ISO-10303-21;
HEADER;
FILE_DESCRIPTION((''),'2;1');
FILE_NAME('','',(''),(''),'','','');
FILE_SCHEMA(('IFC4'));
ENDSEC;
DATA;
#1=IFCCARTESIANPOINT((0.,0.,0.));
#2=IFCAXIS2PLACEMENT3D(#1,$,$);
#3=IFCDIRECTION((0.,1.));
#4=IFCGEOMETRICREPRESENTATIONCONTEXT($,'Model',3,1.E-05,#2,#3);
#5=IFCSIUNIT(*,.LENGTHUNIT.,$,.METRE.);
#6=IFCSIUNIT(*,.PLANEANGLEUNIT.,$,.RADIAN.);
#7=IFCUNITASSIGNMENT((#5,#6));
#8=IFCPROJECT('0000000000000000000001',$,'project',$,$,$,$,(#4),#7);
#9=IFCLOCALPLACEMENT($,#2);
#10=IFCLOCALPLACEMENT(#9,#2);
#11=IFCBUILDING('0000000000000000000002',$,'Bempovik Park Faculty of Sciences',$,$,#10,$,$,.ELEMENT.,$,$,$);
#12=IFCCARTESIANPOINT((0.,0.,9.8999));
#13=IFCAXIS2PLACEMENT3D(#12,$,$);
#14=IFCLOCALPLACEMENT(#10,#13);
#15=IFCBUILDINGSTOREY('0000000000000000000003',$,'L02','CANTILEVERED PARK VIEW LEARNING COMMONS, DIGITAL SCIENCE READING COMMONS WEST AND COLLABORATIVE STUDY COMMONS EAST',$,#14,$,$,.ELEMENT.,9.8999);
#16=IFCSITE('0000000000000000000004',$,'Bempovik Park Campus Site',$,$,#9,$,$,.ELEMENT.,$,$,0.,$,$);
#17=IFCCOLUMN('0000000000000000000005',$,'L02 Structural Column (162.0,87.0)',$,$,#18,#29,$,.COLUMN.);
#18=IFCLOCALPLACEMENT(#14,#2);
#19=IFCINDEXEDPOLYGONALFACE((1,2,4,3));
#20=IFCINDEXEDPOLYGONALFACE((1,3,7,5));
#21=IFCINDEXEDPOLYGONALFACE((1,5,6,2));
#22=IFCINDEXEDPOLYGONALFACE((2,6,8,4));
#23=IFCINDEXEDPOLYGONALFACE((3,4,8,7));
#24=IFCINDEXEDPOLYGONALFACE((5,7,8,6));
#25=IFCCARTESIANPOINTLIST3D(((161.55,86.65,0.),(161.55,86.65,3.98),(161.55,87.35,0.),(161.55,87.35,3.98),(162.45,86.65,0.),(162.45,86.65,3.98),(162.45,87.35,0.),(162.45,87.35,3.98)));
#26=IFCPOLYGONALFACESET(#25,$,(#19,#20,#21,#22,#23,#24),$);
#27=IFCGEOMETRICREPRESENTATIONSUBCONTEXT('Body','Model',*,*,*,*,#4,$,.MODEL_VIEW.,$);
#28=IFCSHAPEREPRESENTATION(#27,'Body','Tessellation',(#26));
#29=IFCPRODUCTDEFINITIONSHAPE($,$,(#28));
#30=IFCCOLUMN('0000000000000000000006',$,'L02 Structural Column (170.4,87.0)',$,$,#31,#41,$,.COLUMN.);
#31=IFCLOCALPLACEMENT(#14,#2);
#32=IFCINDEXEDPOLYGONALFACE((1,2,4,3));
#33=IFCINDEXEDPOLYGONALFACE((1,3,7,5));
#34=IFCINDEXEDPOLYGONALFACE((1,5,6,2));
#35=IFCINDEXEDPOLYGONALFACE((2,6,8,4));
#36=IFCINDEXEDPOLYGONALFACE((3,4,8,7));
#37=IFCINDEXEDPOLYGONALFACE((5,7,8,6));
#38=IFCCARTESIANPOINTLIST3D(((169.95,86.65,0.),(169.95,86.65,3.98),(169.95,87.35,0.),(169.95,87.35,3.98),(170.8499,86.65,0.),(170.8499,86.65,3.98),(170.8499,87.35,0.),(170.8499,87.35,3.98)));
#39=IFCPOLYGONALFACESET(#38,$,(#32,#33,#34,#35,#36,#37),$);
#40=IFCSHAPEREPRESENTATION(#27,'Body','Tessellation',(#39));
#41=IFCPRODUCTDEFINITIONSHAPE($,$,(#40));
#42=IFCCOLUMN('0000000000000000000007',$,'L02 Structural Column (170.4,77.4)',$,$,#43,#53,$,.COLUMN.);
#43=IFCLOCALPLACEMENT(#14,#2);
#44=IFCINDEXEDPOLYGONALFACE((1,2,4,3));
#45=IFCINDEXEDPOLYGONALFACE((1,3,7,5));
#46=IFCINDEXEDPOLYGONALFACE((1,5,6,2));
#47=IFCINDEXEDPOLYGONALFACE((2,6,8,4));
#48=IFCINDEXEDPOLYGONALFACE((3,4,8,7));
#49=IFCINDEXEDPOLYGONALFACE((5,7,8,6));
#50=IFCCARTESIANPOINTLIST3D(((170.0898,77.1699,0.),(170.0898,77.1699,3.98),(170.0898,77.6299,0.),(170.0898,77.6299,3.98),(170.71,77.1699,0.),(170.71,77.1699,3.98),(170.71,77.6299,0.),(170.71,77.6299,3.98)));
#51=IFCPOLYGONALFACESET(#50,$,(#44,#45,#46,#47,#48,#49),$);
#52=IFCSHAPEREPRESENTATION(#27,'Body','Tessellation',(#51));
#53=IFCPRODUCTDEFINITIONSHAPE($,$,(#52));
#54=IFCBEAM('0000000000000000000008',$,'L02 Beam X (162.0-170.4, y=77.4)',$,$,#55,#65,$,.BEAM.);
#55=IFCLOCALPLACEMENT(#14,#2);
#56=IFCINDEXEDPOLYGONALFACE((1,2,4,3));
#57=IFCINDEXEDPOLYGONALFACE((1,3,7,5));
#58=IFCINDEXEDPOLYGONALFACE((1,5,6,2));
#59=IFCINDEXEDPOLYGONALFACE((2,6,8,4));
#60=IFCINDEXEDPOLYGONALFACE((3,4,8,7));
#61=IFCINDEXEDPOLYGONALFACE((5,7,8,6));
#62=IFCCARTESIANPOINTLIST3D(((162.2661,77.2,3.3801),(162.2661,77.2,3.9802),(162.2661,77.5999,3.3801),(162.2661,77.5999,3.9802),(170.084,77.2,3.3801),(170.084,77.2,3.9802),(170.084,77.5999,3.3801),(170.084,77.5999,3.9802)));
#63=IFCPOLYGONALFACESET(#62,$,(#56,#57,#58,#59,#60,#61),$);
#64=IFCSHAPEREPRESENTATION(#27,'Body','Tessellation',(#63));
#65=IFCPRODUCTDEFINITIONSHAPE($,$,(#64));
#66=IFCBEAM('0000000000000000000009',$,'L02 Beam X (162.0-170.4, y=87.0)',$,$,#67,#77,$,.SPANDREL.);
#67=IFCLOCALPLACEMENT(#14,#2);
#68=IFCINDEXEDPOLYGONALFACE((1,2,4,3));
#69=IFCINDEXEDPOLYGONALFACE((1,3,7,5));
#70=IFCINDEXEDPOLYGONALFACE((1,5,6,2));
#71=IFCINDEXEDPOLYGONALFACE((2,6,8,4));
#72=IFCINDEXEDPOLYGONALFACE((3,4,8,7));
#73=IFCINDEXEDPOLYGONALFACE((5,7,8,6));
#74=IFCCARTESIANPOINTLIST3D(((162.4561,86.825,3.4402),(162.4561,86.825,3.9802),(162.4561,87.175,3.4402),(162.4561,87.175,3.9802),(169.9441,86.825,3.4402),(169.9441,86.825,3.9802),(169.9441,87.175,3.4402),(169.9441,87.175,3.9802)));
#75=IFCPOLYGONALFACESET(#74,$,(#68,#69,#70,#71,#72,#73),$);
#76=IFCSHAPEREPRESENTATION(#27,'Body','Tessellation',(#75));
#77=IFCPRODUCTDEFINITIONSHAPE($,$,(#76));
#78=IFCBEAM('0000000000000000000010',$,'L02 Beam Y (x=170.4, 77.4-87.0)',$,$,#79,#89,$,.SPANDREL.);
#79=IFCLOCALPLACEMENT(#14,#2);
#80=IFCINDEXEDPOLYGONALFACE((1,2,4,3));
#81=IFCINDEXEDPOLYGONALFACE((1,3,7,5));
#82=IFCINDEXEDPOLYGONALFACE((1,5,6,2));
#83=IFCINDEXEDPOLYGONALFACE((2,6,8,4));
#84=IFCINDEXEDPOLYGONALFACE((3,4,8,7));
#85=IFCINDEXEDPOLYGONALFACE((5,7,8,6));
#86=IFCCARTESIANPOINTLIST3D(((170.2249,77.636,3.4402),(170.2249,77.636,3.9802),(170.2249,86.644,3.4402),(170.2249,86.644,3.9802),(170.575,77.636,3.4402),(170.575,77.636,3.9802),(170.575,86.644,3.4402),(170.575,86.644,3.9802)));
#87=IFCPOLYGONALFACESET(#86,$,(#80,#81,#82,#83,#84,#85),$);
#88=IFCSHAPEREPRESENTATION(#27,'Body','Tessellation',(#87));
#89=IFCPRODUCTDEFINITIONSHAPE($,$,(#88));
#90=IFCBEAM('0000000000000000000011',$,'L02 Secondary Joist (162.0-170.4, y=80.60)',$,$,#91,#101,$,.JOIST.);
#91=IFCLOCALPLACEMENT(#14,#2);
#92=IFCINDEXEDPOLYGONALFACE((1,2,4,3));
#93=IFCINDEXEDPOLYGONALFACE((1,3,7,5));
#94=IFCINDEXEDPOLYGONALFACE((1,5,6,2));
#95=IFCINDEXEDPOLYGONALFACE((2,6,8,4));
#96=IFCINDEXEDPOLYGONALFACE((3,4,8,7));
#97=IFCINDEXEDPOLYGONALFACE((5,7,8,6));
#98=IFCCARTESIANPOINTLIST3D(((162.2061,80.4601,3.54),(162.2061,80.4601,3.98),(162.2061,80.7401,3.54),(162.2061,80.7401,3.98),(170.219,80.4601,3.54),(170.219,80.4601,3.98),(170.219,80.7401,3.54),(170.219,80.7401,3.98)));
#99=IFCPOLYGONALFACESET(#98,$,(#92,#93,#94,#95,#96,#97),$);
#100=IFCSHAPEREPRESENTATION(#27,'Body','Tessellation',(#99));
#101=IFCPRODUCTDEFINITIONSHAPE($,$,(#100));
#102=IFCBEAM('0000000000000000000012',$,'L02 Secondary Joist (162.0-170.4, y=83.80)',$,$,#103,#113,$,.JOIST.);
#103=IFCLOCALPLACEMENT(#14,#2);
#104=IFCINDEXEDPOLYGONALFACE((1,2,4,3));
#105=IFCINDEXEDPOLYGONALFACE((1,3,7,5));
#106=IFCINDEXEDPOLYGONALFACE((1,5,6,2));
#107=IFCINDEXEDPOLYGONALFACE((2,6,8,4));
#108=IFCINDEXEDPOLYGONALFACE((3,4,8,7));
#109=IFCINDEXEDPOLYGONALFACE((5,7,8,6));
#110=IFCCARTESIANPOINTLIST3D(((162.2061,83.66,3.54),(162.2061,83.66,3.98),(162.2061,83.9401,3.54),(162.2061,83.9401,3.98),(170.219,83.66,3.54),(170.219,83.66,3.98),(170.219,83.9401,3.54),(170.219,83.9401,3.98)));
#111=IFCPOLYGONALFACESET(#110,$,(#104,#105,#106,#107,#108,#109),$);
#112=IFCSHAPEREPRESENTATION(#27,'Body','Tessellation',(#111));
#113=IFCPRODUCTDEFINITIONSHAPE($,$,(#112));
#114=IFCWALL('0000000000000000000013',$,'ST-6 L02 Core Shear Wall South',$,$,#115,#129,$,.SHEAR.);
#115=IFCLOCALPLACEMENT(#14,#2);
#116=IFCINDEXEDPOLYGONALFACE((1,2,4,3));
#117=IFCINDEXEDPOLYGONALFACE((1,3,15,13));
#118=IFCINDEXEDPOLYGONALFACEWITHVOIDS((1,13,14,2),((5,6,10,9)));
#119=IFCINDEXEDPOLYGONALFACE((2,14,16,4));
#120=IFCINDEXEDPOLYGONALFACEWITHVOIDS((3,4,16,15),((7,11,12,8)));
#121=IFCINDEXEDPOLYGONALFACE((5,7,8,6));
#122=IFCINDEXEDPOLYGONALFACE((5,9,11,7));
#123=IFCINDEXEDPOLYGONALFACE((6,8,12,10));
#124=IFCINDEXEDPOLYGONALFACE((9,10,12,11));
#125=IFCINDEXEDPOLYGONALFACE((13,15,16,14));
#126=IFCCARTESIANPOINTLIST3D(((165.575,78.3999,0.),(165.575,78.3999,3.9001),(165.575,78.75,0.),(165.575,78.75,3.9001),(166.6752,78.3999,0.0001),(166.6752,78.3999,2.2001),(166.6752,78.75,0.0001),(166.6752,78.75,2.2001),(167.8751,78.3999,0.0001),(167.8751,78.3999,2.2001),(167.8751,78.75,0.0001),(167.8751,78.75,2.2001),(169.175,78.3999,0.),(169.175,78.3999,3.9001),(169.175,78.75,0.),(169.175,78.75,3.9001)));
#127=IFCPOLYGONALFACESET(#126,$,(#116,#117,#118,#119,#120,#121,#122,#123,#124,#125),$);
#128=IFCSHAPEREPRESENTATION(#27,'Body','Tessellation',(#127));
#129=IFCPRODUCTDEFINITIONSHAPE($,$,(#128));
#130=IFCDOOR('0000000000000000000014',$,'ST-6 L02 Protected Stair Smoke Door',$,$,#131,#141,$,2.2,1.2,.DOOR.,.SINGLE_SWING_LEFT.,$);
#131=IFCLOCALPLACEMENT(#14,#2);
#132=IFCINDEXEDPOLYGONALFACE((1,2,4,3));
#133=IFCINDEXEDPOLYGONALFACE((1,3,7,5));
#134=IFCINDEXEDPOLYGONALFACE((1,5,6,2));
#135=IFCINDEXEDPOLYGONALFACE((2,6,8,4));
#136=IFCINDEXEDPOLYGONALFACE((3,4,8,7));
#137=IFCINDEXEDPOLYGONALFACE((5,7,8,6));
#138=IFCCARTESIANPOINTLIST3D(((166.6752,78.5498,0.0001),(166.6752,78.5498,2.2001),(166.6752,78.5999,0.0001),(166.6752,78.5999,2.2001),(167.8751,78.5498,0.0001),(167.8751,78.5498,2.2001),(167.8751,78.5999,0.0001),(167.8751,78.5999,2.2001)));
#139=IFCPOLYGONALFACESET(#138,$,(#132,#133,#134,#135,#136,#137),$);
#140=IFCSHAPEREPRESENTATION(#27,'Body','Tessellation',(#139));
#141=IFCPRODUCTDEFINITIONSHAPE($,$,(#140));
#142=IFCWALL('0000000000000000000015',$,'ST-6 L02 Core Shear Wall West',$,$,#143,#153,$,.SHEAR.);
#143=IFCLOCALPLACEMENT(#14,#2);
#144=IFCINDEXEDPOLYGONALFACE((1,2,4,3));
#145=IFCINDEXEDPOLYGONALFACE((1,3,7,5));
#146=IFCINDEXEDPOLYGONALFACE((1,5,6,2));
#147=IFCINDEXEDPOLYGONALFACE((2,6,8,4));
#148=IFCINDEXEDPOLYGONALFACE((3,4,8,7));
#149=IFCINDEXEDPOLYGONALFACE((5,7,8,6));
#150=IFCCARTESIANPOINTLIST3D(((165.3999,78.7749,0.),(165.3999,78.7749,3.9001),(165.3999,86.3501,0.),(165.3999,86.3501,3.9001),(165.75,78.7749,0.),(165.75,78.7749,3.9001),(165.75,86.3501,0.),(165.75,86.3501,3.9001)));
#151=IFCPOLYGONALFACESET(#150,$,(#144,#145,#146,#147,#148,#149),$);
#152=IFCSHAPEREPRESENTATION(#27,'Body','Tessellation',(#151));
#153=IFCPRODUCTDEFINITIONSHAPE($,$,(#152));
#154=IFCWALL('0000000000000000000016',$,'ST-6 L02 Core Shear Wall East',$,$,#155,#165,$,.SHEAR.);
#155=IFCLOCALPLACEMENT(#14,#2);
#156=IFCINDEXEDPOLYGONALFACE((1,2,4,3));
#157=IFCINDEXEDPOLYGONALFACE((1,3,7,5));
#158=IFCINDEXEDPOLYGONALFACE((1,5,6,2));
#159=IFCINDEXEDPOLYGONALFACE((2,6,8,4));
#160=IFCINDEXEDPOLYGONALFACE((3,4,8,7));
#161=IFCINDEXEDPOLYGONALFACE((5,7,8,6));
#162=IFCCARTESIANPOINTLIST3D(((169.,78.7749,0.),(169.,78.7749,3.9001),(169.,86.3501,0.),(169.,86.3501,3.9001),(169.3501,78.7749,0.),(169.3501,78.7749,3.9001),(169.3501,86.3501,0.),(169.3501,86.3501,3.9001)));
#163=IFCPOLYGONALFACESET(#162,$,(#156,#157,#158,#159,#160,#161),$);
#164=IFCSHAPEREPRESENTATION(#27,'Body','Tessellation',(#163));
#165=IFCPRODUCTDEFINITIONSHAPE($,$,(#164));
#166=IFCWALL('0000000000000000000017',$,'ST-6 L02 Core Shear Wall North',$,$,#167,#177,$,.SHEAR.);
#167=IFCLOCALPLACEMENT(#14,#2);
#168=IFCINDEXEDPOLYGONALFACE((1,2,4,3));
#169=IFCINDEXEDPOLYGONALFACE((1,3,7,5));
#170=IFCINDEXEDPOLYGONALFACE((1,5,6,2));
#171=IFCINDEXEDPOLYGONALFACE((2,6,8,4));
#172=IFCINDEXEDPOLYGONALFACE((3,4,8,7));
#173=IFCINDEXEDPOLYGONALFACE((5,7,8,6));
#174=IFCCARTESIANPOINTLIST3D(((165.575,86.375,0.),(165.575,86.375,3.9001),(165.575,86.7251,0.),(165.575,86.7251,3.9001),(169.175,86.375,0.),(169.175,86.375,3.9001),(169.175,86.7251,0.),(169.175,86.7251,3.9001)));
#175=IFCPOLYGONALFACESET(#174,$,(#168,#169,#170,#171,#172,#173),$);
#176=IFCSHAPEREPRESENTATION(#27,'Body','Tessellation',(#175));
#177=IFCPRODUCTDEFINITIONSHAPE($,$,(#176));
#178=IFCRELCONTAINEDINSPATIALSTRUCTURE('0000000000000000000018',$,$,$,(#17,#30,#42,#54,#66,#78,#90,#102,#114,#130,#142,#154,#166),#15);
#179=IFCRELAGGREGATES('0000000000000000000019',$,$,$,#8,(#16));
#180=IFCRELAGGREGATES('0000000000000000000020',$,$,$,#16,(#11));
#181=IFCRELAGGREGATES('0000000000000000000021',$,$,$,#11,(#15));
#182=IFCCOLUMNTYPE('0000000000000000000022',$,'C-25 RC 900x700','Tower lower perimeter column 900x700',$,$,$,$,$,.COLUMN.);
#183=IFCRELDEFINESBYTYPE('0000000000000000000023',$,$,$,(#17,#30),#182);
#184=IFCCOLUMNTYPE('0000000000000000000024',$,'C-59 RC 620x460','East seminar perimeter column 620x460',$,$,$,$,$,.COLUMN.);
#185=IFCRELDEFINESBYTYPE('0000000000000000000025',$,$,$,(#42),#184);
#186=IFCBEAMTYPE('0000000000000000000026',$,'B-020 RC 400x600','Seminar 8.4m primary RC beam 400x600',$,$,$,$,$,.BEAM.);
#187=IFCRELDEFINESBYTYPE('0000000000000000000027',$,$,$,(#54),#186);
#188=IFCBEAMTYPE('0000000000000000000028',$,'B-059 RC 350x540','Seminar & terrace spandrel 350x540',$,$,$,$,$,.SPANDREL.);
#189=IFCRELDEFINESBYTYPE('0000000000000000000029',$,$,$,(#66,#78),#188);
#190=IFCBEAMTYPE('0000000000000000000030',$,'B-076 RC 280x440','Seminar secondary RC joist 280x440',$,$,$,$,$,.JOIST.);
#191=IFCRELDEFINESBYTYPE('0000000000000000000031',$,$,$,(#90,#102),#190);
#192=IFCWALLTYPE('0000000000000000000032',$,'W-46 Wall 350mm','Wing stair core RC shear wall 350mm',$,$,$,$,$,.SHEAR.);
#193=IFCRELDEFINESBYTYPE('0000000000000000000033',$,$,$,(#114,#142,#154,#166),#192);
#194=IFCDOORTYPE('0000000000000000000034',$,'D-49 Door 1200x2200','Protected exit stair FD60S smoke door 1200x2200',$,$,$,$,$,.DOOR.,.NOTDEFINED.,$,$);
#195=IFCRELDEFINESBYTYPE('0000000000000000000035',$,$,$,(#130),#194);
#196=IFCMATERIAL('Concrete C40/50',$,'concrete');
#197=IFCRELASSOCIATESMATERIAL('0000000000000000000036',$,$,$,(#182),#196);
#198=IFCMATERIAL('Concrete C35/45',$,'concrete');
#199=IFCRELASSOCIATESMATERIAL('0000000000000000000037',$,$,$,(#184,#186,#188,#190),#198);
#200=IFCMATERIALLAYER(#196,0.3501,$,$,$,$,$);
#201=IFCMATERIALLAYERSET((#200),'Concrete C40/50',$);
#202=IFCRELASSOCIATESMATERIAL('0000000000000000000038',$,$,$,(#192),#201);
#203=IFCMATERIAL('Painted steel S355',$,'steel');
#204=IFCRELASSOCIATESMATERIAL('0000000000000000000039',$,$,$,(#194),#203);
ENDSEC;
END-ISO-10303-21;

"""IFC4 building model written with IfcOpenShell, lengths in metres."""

from ifc_helpers import new_model, si_unit, direction, frame, frame_2d, origin, origin_2d, place, context, subcontext, project, spatial, rectangle, extrude, material, layer, layer_set, material_profile, profile_set, type_object, element, fill, save


model = new_model("IFC4")

# Units and contexts
model_context = context("Model", 3, precision=1e-05, world=origin(), true_north=direction((0.0, 1.0)))
body_context = subcontext(model_context, "Body", "Model", "MODEL_VIEW")
ifc_project = project(units=[si_unit("LENGTHUNIT", "METRE"), si_unit("PLANEANGLEUNIT", "RADIAN")], contexts=[model_context])

# Site, building, storey
site_placement = place(None, origin())
site = spatial("IfcSite", under=ifc_project, at=site_placement, Name="Bempovik Park Campus Site", CompositionType="ELEMENT", RefElevation=0.0)
building_placement = place(site_placement, origin())
building = spatial("IfcBuilding", under=site, at=building_placement, Name="Bempovik Park Faculty of Sciences", CompositionType="ELEMENT")
storey_placement = place(building_placement, frame((0.0, 0.0, 9.8999)))
storey = spatial("IfcBuildingStorey", under=building, at=storey_placement, Name="L02", Description="CANTILEVERED PARK VIEW LEARNING COMMONS, DIGITAL SCIENCE READING COMMONS WEST AND COLLABORATIVE STUDY COMMONS EAST", CompositionType="ELEMENT", Elevation=9.8999)

# Columns
ifc_material_1 = material(Name="Concrete C40/50", Category="concrete")
ifc_material_profile_1 = material_profile(ifc_material_1, rectangle(XDim=0.8999, YDim=0.7, at=origin_2d()), Name="RC 900x700")
ifc_profile_set_1 = profile_set([ifc_material_profile_1], Name="Concrete C40/50")
column_type_1 = type_object("IfcColumnType", Name="C-25 RC 900x700", Description="Tower lower perimeter column 900x700", PredefinedType="COLUMN", material=ifc_profile_set_1)
for number, where, z_axis, x_axis, name in (
    (1, (162.0, 87.0, 0.0), (0.0, 0.0, 1.0), (1.0, 0.0, 0.0), "L02 Structural Column (162.0,87.0)"),
    (2, (170.3999, 87.0, 0.0), (0.0, 0.0, 1.0), (1.0, 0.0, 0.0), "L02 Structural Column (170.4,87.0)"),
):
    element("IfcColumn", number, at=place(storey_placement, frame(where, z_axis=z_axis, x_axis=x_axis)), inside=storey, type_object=column_type_1, Name=name, PredefinedType="COLUMN", context=body_context, shape_type="SweptSolid", body=[
        extrude(rectangle(XDim=0.8999, YDim=0.7, at=origin_2d()), origin(), (0.0, 0.0, 1.0), 3.98),
    ])
ifc_material_2 = material(Name="Concrete C35/45", Category="concrete")
ifc_material_profile_2 = material_profile(ifc_material_2, rectangle(XDim=0.6201, YDim=0.46, at=origin_2d()), Name="RC 620x460")
ifc_profile_set_2 = profile_set([ifc_material_profile_2], Name="Concrete C35/45")
column_type_2 = type_object("IfcColumnType", Name="C-59 RC 620x460", Description="East seminar perimeter column 620x460", PredefinedType="COLUMN", material=ifc_profile_set_2)
column_placement = place(storey_placement, frame((170.3999, 77.3999, 0.0), z_axis=(0.0, 0.0, 1.0), x_axis=(1.0, 0.0, 0.0)))
element("IfcColumn", 3, at=column_placement, inside=storey, type_object=column_type_2, Name="L02 Structural Column (170.4,77.4)", PredefinedType="COLUMN", context=body_context, shape_type="SweptSolid", body=[
    extrude(rectangle(XDim=0.6201, YDim=0.46, at=origin_2d()), origin(), (0.0, 0.0, 1.0), 3.98),
])

# Beams
ifc_material_profile_3 = material_profile(ifc_material_2, rectangle(XDim=0.3999, YDim=0.6001, at=origin_2d()), Name="RC 400x600")
ifc_profile_set_3 = profile_set([ifc_material_profile_3], Name="Concrete C35/45")
beam_type_1 = type_object("IfcBeamType", Name="B-020 RC 400x600", Description="Seminar 8.4m primary RC beam 400x600", PredefinedType="BEAM", material=ifc_profile_set_3)
beam_1_placement = place(storey_placement, frame((162.2661, 77.3999, 3.6802), z_axis=(1.0, 0.0, 0.0), x_axis=(0.0, 1.0, 0.0)))
element("IfcBeam", 4, at=beam_1_placement, inside=storey, type_object=beam_type_1, Name="L02 Beam X (162.0-170.4, y=77.4)", PredefinedType="BEAM", context=body_context, shape_type="SweptSolid", body=[
    extrude(rectangle(XDim=0.3999, YDim=0.6001, at=origin_2d()), origin(), (0.0, 0.0, 1.0), 7.8179),
])
ifc_material_profile_4 = material_profile(ifc_material_2, rectangle(XDim=0.3501, YDim=0.54, at=origin_2d()), Name="RC 350x540")
ifc_profile_set_4 = profile_set([ifc_material_profile_4], Name="Concrete C35/45")
beam_type_2 = type_object("IfcBeamType", Name="B-059 RC 350x540", Description="Seminar & terrace spandrel 350x540", PredefinedType="SPANDREL", material=ifc_profile_set_4)
beam_2_placement = place(storey_placement, frame((162.4561, 87.0, 3.7102), z_axis=(1.0, 0.0, 0.0), x_axis=(0.0, 1.0, 0.0)))
element("IfcBeam", 5, at=beam_2_placement, inside=storey, type_object=beam_type_2, Name="L02 Beam X (162.0-170.4, y=87.0)", PredefinedType="SPANDREL", context=body_context, shape_type="SweptSolid", body=[
    extrude(rectangle(XDim=0.3501, YDim=0.54, at=origin_2d()), origin(), (0.0, 0.0, 1.0), 7.488),
])
beam_3_placement = place(storey_placement, frame((170.3999, 77.636, 3.7102), z_axis=(0.0, 1.0, 0.0), x_axis=(-1.0, 0.0, 0.0)))
element("IfcBeam", 6, at=beam_3_placement, inside=storey, type_object=beam_type_2, Name="L02 Beam Y (x=170.4, 77.4-87.0)", PredefinedType="SPANDREL", context=body_context, shape_type="SweptSolid", body=[
    extrude(rectangle(XDim=0.3501, YDim=0.54, at=origin_2d()), origin(), (0.0, 0.0, 1.0), 9.0081),
])
ifc_material_profile_5 = material_profile(ifc_material_2, rectangle(XDim=0.28, YDim=0.4399, at=origin_2d()), Name="RC 280x440")
ifc_profile_set_5 = profile_set([ifc_material_profile_5], Name="Concrete C35/45")
beam_type_3 = type_object("IfcBeamType", Name="B-076 RC 280x440", Description="Seminar secondary RC joist 280x440", PredefinedType="JOIST", material=ifc_profile_set_5)
for number, where, z_axis, x_axis, name in (
    (7, (162.2061, 80.6001, 3.76), (1.0, 0.0, 0.0), (0.0, 1.0, 0.0), "L02 Secondary Joist (162.0-170.4, y=80.60)"),
    (8, (162.2061, 83.8, 3.76), (1.0, 0.0, 0.0), (0.0, 1.0, 0.0), "L02 Secondary Joist (162.0-170.4, y=83.80)"),
):
    element("IfcBeam", number, at=place(storey_placement, frame(where, z_axis=z_axis, x_axis=x_axis)), inside=storey, type_object=beam_type_3, Name=name, PredefinedType="JOIST", context=body_context, shape_type="SweptSolid", body=[
        extrude(rectangle(XDim=0.28, YDim=0.4399, at=origin_2d()), origin(), (0.0, 0.0, 1.0), 8.0129),
    ])

# Wall, opening, door
ifc_layer_1 = layer(ifc_material_1, 0.3501)
ifc_layer_set_1 = layer_set([ifc_layer_1], Name="Concrete C40/50")
wall_type_1 = type_object("IfcWallType", Name="W-46 Wall 350mm", Description="Wing stair core RC shear wall 350mm", PredefinedType="SHEAR", material=ifc_layer_set_1)
wall_1_placement = place(storey_placement, frame((165.575, 78.575, 0.0), z_axis=(0.0, 0.0, 1.0), x_axis=(1.0, 0.0, 0.0)))
wall_1 = element("IfcWall", 9, at=wall_1_placement, inside=storey, type_object=wall_type_1, Name="ST-6 L02 Core Shear Wall South", PredefinedType="SHEAR", context=body_context, shape_type="SweptSolid", body=[
    extrude(rectangle(XDim=3.6001, YDim=0.3501, at=frame_2d((1.8, 0.0))), origin(), (0.0, 0.0, 1.0), 3.9001),
])
opening_1_placement = place(wall_1_placement, frame((1.1001, 0.0, 0.0)))
opening_1 = element("IfcOpeningElement", 10, at=opening_1_placement, cuts=wall_1, PredefinedType="OPENING", context=body_context, shape_type="SweptSolid", body=[
    extrude(rectangle(XDim=1.2, YDim=2.2, at=frame_2d((0.6001, 1.1001))), frame((0.0, 0.1851, 0.0), z_axis=(0.0, -1.0, 0.0), x_axis=(1.0, 0.0, 0.0)), (0.0, 0.0, 1.0), 0.3701),
])
ifc_material_3 = material(Name="Painted steel S355", Category="steel")
door_type = type_object("IfcDoorType", Name="D-49 Door 1200x2200", Description="Protected exit stair FD60S smoke door 1200x2200", OperationType="NOTDEFINED", PredefinedType="DOOR", material=ifc_material_3)
door_placement = place(opening_1_placement, origin())
door = element("IfcDoor", 11, at=door_placement, inside=storey, type_object=door_type, Name="ST-6 L02 Protected Stair Smoke Door", OperationType="SINGLE_SWING_LEFT", OverallHeight=2.2, OverallWidth=1.2, PredefinedType="DOOR", context=body_context, shape_type="SweptSolid", body=[
    extrude(rectangle(XDim=1.2, YDim=2.2, at=frame_2d((0.6001, 1.1001))), frame((0.0, 0.0249, 0.0), z_axis=(0.0, -1.0, 0.0), x_axis=(1.0, 0.0, 0.0)), (0.0, 0.0, 1.0), 0.05),
])
fill(opening_1, door)

# Walls
for number, where, z_axis, x_axis, name in (
    (12, (165.575, 78.7749, 0.0), (0.0, 0.0, 1.0), (0.0, 1.0, 0.0), "ST-6 L02 Core Shear Wall West"),
    (13, (169.175, 78.7749, 0.0), (0.0, 0.0, 1.0), (0.0, 1.0, 0.0), "ST-6 L02 Core Shear Wall East"),
):
    element("IfcWall", number, at=place(storey_placement, frame(where, z_axis=z_axis, x_axis=x_axis)), inside=storey, type_object=wall_type_1, Name=name, PredefinedType="SHEAR", context=body_context, shape_type="SweptSolid", body=[
        extrude(rectangle(XDim=7.5752, YDim=0.3501, at=frame_2d((3.7876, 0.0))), origin(), (0.0, 0.0, 1.0), 3.9001),
    ])
wall_2_placement = place(storey_placement, frame((165.575, 86.55, 0.0), z_axis=(0.0, 0.0, 1.0), x_axis=(1.0, 0.0, 0.0)))
element("IfcWall", 14, at=wall_2_placement, inside=storey, type_object=wall_type_1, Name="ST-6 L02 Core Shear Wall North", PredefinedType="SHEAR", context=body_context, shape_type="SweptSolid", body=[
    extrude(rectangle(XDim=3.6001, YDim=0.3501, at=frame_2d((1.8, 0.0))), origin(), (0.0, 0.0, 1.0), 3.9001),
])

save(model, "model.ifc")
